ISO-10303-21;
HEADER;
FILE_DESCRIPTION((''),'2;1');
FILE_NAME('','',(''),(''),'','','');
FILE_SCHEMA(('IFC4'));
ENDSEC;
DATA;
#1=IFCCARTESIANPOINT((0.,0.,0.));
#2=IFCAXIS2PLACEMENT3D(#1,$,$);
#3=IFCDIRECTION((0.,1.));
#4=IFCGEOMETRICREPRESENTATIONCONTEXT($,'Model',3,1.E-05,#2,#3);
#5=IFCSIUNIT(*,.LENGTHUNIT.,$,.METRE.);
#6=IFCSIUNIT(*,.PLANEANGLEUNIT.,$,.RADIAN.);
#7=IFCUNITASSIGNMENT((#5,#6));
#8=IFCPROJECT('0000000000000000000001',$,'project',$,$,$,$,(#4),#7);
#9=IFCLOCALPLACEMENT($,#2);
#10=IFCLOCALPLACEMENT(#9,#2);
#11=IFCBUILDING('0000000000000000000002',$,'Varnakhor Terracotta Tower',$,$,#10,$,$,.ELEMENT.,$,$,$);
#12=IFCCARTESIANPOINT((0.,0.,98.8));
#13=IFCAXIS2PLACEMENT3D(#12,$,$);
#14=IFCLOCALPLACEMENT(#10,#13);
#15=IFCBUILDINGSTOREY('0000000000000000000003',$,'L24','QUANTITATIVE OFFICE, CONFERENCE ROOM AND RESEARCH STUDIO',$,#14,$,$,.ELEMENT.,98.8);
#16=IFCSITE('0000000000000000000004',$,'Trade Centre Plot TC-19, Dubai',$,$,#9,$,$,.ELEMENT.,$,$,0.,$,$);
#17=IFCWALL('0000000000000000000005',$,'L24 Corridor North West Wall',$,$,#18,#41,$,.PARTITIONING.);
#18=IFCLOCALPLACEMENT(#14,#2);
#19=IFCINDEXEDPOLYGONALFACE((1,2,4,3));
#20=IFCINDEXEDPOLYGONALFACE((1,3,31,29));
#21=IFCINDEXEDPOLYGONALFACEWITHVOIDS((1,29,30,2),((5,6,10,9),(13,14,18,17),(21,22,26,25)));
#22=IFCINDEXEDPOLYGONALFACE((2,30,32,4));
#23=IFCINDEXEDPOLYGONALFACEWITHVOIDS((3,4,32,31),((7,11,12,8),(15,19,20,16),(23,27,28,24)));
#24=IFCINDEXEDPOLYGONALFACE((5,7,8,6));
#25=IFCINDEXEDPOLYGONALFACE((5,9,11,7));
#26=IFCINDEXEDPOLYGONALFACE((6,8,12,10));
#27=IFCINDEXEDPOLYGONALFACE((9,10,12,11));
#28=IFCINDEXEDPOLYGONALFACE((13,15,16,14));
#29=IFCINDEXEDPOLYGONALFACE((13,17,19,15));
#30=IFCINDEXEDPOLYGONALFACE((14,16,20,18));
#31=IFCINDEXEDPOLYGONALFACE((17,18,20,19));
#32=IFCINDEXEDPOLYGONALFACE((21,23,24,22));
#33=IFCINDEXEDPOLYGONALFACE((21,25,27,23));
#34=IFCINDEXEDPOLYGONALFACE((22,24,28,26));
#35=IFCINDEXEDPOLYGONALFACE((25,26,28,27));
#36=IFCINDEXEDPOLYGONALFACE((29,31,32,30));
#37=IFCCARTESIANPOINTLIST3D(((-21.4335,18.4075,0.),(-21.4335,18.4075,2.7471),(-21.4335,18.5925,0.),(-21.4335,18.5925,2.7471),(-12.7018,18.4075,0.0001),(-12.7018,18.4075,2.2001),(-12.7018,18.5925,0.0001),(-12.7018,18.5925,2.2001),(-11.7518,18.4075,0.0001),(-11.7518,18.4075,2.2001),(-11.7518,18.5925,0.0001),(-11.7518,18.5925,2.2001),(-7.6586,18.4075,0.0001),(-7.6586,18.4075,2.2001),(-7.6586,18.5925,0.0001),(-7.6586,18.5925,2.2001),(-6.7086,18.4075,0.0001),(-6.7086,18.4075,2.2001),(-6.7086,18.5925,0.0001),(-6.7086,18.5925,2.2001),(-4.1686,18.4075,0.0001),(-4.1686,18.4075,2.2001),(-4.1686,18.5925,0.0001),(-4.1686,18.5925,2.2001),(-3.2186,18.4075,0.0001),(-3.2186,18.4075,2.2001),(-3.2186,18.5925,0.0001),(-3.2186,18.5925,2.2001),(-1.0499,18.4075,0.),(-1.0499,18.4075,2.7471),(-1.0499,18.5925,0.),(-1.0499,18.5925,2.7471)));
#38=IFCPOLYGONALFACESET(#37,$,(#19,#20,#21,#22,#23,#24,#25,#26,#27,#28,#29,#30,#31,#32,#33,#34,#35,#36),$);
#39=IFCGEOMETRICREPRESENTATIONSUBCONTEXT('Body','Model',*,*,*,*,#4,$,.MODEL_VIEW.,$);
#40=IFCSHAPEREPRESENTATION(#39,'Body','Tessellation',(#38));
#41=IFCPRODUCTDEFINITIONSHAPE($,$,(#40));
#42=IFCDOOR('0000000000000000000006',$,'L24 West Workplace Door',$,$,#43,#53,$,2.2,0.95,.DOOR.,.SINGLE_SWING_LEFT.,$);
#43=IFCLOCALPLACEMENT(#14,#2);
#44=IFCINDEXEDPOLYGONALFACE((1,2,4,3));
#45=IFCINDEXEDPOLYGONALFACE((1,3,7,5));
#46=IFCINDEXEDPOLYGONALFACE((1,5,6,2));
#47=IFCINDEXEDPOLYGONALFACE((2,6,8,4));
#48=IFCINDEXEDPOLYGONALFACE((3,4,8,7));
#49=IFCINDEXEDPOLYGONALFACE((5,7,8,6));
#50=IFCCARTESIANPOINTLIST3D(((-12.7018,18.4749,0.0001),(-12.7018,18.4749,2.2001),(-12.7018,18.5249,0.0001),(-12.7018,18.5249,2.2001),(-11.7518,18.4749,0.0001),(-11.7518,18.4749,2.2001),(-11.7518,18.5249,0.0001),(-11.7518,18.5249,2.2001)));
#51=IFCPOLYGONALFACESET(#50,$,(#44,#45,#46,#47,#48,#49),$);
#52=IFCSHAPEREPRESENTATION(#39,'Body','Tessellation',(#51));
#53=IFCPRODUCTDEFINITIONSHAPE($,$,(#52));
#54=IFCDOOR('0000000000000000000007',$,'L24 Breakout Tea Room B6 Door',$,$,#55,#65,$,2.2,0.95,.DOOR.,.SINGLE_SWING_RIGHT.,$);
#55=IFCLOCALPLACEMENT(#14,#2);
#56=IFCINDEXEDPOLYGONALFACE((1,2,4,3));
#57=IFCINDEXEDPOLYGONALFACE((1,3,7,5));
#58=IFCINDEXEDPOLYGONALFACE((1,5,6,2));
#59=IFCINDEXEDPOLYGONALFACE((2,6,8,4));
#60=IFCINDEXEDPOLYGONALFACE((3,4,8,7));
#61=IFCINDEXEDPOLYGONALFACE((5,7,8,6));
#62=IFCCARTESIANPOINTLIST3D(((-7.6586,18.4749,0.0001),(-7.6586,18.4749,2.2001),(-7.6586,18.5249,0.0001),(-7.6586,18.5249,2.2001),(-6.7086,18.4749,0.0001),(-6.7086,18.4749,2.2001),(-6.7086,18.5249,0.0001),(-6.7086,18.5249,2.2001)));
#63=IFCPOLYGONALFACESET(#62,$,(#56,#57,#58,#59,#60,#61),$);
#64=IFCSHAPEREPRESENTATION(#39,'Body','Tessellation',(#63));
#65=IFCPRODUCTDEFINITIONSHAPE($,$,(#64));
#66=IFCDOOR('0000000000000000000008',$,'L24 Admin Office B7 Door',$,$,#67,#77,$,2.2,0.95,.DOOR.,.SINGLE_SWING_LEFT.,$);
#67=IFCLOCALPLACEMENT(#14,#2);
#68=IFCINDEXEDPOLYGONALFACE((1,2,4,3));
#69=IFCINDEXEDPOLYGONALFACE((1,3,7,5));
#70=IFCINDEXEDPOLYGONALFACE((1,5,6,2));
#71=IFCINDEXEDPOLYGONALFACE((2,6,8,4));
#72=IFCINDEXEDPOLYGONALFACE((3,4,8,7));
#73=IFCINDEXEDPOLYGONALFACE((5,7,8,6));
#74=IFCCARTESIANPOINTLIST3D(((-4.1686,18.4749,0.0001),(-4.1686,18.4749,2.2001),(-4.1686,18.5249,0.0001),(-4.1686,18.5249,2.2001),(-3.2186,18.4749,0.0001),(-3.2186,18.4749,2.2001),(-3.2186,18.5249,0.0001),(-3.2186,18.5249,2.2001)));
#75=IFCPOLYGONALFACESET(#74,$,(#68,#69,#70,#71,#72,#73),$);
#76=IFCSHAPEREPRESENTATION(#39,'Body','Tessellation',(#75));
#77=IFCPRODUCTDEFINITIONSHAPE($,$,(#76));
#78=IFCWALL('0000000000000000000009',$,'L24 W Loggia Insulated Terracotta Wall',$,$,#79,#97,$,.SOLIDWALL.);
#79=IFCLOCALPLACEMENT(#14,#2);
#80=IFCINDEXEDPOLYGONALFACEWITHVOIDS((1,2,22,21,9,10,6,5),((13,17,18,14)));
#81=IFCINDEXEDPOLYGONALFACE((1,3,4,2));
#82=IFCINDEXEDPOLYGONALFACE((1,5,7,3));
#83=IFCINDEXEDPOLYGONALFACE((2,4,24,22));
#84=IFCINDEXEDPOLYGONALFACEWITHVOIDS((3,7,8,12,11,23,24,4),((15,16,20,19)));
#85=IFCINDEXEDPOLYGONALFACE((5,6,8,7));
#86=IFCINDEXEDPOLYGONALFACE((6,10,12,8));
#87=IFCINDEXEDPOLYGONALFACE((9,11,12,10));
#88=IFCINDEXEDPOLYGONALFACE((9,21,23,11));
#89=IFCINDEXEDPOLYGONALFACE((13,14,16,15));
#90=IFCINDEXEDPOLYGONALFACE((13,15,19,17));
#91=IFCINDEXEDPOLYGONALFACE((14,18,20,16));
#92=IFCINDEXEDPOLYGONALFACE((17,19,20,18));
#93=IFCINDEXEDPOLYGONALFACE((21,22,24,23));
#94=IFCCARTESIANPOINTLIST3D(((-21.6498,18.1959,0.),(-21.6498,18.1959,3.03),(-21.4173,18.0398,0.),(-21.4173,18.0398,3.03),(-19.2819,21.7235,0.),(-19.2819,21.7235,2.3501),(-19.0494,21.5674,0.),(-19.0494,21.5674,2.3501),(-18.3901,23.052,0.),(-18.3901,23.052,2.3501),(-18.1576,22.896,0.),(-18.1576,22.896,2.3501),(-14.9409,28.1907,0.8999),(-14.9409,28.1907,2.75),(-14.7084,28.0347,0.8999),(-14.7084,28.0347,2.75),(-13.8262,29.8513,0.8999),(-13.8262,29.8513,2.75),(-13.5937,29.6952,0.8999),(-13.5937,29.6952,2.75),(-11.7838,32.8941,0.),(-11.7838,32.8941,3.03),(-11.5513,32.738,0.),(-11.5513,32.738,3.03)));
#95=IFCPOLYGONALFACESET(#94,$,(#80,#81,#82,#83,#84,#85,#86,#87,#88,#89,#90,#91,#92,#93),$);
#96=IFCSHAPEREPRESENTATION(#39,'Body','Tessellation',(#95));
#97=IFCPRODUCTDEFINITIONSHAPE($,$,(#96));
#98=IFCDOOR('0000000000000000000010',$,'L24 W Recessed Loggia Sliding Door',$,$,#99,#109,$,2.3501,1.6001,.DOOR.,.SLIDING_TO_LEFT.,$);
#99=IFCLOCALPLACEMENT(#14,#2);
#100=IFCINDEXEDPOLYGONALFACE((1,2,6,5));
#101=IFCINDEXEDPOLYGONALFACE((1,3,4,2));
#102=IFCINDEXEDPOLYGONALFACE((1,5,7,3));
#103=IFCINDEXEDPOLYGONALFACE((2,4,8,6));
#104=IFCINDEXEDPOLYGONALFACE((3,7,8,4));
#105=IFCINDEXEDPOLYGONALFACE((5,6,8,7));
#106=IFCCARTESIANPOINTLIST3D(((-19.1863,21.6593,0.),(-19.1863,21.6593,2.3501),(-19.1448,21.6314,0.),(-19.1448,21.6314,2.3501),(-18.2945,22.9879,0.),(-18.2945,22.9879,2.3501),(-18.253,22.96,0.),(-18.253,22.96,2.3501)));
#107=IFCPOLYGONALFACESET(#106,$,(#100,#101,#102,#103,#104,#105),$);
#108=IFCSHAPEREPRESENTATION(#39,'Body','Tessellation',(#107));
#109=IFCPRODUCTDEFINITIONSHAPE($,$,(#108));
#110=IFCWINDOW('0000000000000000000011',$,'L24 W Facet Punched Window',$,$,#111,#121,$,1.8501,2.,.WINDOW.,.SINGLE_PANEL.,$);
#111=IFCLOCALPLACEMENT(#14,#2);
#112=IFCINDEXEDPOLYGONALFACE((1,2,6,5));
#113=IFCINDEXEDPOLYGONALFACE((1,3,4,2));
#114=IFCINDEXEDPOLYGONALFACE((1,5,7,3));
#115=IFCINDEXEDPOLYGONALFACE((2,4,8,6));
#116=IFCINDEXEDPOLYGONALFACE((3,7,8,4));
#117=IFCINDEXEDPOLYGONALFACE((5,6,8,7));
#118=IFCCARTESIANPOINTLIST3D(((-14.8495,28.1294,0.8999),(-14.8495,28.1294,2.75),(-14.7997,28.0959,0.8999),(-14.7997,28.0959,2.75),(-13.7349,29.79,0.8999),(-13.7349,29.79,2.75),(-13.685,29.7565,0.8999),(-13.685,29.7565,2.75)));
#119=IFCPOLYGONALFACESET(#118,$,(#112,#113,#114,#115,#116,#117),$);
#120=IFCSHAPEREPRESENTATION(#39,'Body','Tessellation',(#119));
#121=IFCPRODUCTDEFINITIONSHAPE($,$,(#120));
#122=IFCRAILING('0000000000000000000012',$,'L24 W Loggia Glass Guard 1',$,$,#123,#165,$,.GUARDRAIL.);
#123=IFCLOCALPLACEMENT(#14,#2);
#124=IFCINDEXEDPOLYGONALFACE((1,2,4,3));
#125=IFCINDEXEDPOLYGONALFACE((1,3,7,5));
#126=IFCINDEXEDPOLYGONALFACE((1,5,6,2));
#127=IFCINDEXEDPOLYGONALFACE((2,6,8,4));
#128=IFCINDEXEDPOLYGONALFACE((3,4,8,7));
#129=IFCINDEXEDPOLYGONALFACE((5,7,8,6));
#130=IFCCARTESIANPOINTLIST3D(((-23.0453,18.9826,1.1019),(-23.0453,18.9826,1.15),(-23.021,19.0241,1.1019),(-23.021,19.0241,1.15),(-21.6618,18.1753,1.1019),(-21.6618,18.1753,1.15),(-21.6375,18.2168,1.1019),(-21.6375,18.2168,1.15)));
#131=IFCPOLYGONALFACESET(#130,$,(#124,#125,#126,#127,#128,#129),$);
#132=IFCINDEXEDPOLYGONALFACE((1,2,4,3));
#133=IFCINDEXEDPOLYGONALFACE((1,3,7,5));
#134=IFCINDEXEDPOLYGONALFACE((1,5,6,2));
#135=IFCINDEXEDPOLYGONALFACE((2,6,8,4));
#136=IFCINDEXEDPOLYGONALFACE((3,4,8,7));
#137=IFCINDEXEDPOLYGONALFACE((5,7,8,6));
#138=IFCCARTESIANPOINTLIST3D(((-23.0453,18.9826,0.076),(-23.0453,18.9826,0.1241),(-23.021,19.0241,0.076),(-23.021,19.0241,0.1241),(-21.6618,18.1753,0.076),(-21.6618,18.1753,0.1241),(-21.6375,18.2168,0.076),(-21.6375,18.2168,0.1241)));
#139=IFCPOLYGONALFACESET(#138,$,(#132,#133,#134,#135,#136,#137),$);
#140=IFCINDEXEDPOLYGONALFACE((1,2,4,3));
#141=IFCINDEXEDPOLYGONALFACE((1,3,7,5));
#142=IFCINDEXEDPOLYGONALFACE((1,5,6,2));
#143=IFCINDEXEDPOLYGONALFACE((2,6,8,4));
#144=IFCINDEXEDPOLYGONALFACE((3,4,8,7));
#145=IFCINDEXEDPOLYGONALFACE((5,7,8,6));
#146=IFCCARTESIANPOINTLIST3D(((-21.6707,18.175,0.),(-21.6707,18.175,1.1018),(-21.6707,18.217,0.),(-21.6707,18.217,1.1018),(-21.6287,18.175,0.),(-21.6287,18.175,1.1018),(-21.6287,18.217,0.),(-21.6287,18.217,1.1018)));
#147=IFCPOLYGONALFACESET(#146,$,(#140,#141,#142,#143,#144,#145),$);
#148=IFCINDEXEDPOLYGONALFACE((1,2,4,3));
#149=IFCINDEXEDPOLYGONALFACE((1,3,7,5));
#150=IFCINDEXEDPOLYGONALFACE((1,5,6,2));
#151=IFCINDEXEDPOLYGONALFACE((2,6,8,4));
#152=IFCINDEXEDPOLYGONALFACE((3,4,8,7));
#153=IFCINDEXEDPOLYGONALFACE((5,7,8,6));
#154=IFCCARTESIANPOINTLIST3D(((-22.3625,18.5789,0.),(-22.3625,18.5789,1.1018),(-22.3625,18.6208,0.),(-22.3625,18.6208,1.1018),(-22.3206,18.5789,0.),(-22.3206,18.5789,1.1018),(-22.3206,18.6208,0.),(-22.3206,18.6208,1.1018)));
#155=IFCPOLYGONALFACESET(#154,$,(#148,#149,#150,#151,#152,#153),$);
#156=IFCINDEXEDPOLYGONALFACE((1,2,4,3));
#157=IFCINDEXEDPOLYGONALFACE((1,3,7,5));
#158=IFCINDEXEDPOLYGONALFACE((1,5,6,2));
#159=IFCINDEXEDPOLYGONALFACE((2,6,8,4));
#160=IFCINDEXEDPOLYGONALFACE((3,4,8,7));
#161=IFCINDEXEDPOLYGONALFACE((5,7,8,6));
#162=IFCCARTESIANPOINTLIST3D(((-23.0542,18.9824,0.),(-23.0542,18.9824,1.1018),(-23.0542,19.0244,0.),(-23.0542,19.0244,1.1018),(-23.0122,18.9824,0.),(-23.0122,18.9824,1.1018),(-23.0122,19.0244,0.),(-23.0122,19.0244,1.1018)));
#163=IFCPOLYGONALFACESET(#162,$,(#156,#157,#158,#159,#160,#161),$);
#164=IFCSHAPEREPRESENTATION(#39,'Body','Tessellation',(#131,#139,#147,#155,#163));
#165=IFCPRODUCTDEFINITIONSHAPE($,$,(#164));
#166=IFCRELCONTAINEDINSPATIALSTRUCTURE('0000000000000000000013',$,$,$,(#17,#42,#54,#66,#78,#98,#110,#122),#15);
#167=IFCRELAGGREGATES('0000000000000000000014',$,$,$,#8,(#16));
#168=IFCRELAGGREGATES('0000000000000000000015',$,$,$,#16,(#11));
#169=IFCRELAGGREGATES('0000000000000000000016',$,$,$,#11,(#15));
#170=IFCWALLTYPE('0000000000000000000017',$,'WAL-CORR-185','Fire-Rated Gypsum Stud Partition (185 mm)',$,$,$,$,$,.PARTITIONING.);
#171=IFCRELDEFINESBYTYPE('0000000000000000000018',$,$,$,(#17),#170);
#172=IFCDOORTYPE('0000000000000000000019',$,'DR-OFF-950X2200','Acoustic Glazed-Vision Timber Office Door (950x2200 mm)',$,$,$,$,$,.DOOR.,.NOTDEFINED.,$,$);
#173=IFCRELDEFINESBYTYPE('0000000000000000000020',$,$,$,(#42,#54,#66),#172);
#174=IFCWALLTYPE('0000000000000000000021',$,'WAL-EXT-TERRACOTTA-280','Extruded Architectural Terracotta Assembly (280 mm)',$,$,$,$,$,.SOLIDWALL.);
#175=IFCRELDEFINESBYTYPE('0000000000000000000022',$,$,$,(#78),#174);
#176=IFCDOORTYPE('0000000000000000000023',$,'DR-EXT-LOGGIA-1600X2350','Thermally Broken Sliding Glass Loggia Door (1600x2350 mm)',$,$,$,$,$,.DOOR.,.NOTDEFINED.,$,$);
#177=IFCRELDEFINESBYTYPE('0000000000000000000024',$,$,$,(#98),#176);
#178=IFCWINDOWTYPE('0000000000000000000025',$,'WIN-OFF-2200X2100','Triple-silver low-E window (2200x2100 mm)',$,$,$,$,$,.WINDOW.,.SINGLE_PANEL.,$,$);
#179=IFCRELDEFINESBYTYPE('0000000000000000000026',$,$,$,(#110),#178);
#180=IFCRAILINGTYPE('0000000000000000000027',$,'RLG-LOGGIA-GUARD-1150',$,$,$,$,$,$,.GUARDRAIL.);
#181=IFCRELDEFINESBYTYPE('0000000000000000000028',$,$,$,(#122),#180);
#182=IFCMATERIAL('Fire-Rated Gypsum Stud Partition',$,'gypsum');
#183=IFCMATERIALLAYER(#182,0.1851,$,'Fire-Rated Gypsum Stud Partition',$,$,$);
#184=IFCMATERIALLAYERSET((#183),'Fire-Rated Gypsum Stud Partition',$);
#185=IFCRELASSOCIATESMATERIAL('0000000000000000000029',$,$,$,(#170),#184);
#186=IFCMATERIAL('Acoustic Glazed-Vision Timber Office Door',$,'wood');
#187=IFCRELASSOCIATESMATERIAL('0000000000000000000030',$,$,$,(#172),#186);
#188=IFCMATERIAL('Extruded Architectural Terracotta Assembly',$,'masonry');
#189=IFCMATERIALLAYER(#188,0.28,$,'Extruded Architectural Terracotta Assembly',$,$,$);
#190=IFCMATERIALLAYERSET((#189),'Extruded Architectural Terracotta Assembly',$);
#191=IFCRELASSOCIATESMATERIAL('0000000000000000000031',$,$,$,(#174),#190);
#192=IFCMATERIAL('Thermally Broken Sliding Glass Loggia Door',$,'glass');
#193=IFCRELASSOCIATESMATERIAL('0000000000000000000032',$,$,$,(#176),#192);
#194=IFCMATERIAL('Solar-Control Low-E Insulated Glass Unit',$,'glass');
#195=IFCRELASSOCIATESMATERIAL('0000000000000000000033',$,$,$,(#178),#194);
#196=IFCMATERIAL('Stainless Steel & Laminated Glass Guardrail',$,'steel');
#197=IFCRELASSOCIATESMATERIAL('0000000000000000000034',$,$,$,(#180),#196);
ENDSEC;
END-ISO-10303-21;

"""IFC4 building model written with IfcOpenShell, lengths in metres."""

from ifc_helpers import new_model, si_unit, direction, frame, frame_2d, origin, origin_2d, place, context, subcontext, project, spatial, rectangle, extrude, source, transform, mapped, material, layer, layer_set, type_object, type_shapes, element, fill, save


model = new_model("IFC4")

# Units and contexts
model_context = context("Model", 3, precision=1e-05, world=origin(), true_north=direction((0.0, 1.0)))
body_context = subcontext(model_context, "Body", "Model", "MODEL_VIEW")
ifc_project = project(units=[si_unit("LENGTHUNIT", "METRE"), si_unit("PLANEANGLEUNIT", "RADIAN")], contexts=[model_context])

# Site, building, storey
site_placement = place(None, origin())
site = spatial("IfcSite", under=ifc_project, at=site_placement, Name="Trade Centre Plot TC-19, Dubai", CompositionType="ELEMENT", RefElevation=0.0)
building_placement = place(site_placement, origin())
building = spatial("IfcBuilding", under=site, at=building_placement, Name="Varnakhor Terracotta Tower", CompositionType="ELEMENT")
storey_placement = place(building_placement, frame((0.0, 0.0, 98.8)))
storey = spatial("IfcBuildingStorey", under=building, at=storey_placement, Name="L24", Description="QUANTITATIVE OFFICE, CONFERENCE ROOM AND RESEARCH STUDIO", CompositionType="ELEMENT", Elevation=98.8)

# Shared definitions
ifc_material_1 = material(Name="Fire-Rated Gypsum Stud Partition", Category="gypsum")
ifc_layer_1 = layer(ifc_material_1, 0.1851, Name="Fire-Rated Gypsum Stud Partition")
ifc_layer_set_1 = layer_set([ifc_layer_1], Name="Fire-Rated Gypsum Stud Partition")
wall_type_1 = type_object("IfcWallType", Name="WAL-CORR-185", Description="Fire-Rated Gypsum Stud Partition (185 mm)", PredefinedType="PARTITIONING", material=ifc_layer_set_1)
ifc_material_2 = material(Name="Acoustic Glazed-Vision Timber Office Door", Category="wood")
door_type_1 = type_object("IfcDoorType", Name="DR-OFF-950X2200", Description="Acoustic Glazed-Vision Timber Office Door (950x2200 mm)", OperationType="NOTDEFINED", PredefinedType="DOOR", material=ifc_material_2)
shared_shape_1 = source(origin(), body_context, "Body", "SweptSolid", [
    extrude(rectangle(XDim=0.95, YDim=2.2, at=frame_2d((0.4751, 1.1001))), frame((0.0, 0.0249, 0.0), z_axis=(0.0, -1.0, 0.0), x_axis=(1.0, 0.0, 0.0)), (0.0, 0.0, 1.0), 0.05),
])
type_shapes(door_type_1, [shared_shape_1])

# Wall, openings, doors
wall_1_placement = place(storey_placement, frame((-21.4336, 18.5, 0.0), z_axis=(0.0, 0.0, 1.0), x_axis=(1.0, 0.0, 0.0)))
wall_1 = element("IfcWall", 1, at=wall_1_placement, inside=storey, type_object=wall_type_1, Name="L24 Corridor North West Wall", PredefinedType="PARTITIONING", context=body_context, shape_type="SweptSolid", body=[
    extrude(rectangle(XDim=20.3835, YDim=0.1851, at=frame_2d((10.1919, 0.0))), origin(), (0.0, 0.0, 1.0), 2.7471),
])
opening_1_placement = place(wall_1_placement, frame((8.7317, 0.0, 0.0)))
opening_1 = element("IfcOpeningElement", 2, at=opening_1_placement, cuts=wall_1, PredefinedType="OPENING", context=body_context, shape_type="SweptSolid", body=[
    extrude(rectangle(XDim=0.95, YDim=2.2, at=frame_2d((0.4751, 1.1001))), frame((0.0, 0.1025, 0.0), z_axis=(0.0, -1.0, 0.0), x_axis=(1.0, 0.0, 0.0)), (0.0, 0.0, 1.0), 0.2051),
])
opening_2_placement = place(wall_1_placement, frame((13.7749, 0.0, 0.0)))
opening_2 = element("IfcOpeningElement", 3, at=opening_2_placement, cuts=wall_1, PredefinedType="OPENING", context=body_context, shape_type="SweptSolid", body=[
    extrude(rectangle(XDim=0.95, YDim=2.2, at=frame_2d((0.4751, 1.1001))), frame((0.0, 0.1025, 0.0), z_axis=(0.0, -1.0, 0.0), x_axis=(1.0, 0.0, 0.0)), (0.0, 0.0, 1.0), 0.2051),
])
opening_3_placement = place(wall_1_placement, frame((17.2649, 0.0, 0.0)))
opening_3 = element("IfcOpeningElement", 4, at=opening_3_placement, cuts=wall_1, PredefinedType="OPENING", context=body_context, shape_type="SweptSolid", body=[
    extrude(rectangle(XDim=0.95, YDim=2.2, at=frame_2d((0.4751, 1.1001))), frame((0.0, 0.1025, 0.0), z_axis=(0.0, -1.0, 0.0), x_axis=(1.0, 0.0, 0.0)), (0.0, 0.0, 1.0), 0.2051),
])
door_1_placement = place(opening_1_placement, origin())
door_1 = element("IfcDoor", 5, at=door_1_placement, inside=storey, type_object=door_type_1, Name="L24 West Workplace Door", OperationType="SINGLE_SWING_LEFT", OverallHeight=2.2, OverallWidth=0.95, PredefinedType="DOOR", context=body_context, shape_type="MappedRepresentation", body=[
    mapped(shared_shape_1, transform((0.0, 0.0, 0.0), scale=1.0)),
])
fill(opening_1, door_1)
door_2_placement = place(opening_2_placement, origin())
door_2 = element("IfcDoor", 6, at=door_2_placement, inside=storey, type_object=door_type_1, Name="L24 Breakout Tea Room B6 Door", OperationType="SINGLE_SWING_RIGHT", OverallHeight=2.2, OverallWidth=0.95, PredefinedType="DOOR", context=body_context, shape_type="MappedRepresentation", body=[
    mapped(shared_shape_1, transform((0.0, 0.0, 0.0), scale=1.0)),
])
fill(opening_2, door_2)
door_3_placement = place(opening_3_placement, origin())
door_3 = element("IfcDoor", 7, at=door_3_placement, inside=storey, type_object=door_type_1, Name="L24 Admin Office B7 Door", OperationType="SINGLE_SWING_LEFT", OverallHeight=2.2, OverallWidth=0.95, PredefinedType="DOOR", context=body_context, shape_type="MappedRepresentation", body=[
    mapped(shared_shape_1, transform((0.0, 0.0, 0.0), scale=1.0)),
])
fill(opening_3, door_3)

# Wall, openings, door, window
ifc_material_3 = material(Name="Extruded Architectural Terracotta Assembly", Category="masonry")
ifc_layer_2 = layer(ifc_material_3, 0.28, Name="Extruded Architectural Terracotta Assembly")
ifc_layer_set_2 = layer_set([ifc_layer_2], Name="Extruded Architectural Terracotta Assembly")
wall_type_2 = type_object("IfcWallType", Name="WAL-EXT-TERRACOTTA-280", Description="Extruded Architectural Terracotta Assembly (280 mm)", PredefinedType="SOLIDWALL", material=ifc_layer_set_2)
wall_2_placement = place(storey_placement, frame((-21.5334, 18.1179, 0.0), z_axis=(0.0, 0.0, 1.0), x_axis=(0.557323, 0.830296, 0.0)))
wall_2 = element("IfcWall", 8, at=wall_2_placement, inside=storey, type_object=wall_type_2, Name="L24 W Loggia Insulated Terracotta Wall", PredefinedType="SOLIDWALL", context=body_context, shape_type="SweptSolid", body=[
    extrude(rectangle(XDim=17.7024, YDim=0.28, at=frame_2d((8.8511, 0.0))), origin(), (0.0, 0.0, 1.0), 3.03),
])
opening_4_placement = place(wall_2_placement, frame((4.2485, 0.0, 0.0)))
opening_4 = element("IfcOpeningElement", 9, at=opening_4_placement, cuts=wall_2, PredefinedType="OPENING", context=body_context, shape_type="SweptSolid", body=[
    extrude(rectangle(XDim=1.6001, YDim=2.3501, at=frame_2d((0.8, 1.175))), frame((0.0, 0.1499, 0.0), z_axis=(0.0, -1.0, 0.0), x_axis=(1.0, 0.0, 0.0)), (0.0, 0.0, 1.0), 0.3),
])
opening_5_placement = place(wall_2_placement, frame((12.0376, 0.0, 0.8999)))
opening_5 = element("IfcOpeningElement", 10, at=opening_5_placement, cuts=wall_2, PredefinedType="OPENING", context=body_context, shape_type="SweptSolid", body=[
    extrude(rectangle(XDim=2.0, YDim=1.8501, at=frame_2d((1.0, 0.925))), frame((0.0, 0.1499, 0.0), z_axis=(0.0, -1.0, 0.0), x_axis=(1.0, 0.0, 0.0)), (0.0, 0.0, 1.0), 0.3),
])
ifc_material_4 = material(Name="Thermally Broken Sliding Glass Loggia Door", Category="glass")
door_type_2 = type_object("IfcDoorType", Name="DR-EXT-LOGGIA-1600X2350", Description="Thermally Broken Sliding Glass Loggia Door (1600x2350 mm)", OperationType="NOTDEFINED", PredefinedType="DOOR", material=ifc_material_4)
shared_shape_2 = source(origin(), body_context, "Body", "SweptSolid", [
    extrude(rectangle(XDim=1.6001, YDim=2.3501, at=frame_2d((0.8, 1.175))), frame((0.0, 0.0249, 0.0), z_axis=(0.0, -1.0, 0.0), x_axis=(1.0, 0.0, 0.0)), (0.0, 0.0, 1.0), 0.05),
])
type_shapes(door_type_2, [shared_shape_2])
door_4_placement = place(opening_4_placement, origin())
door_4 = element("IfcDoor", 11, at=door_4_placement, inside=storey, type_object=door_type_2, Name="L24 W Recessed Loggia Sliding Door", OperationType="SLIDING_TO_LEFT", OverallHeight=2.3501, OverallWidth=1.6001, PredefinedType="DOOR", context=body_context, shape_type="MappedRepresentation", body=[
    mapped(shared_shape_2, transform((0.0, 0.0, 0.0), scale=1.0)),
])
fill(opening_4, door_4)
ifc_material_5 = material(Name="Solar-Control Low-E Insulated Glass Unit", Category="glass")
window_type = type_object("IfcWindowType", Name="WIN-OFF-2200X2100", Description="Triple-silver low-E window (2200x2100 mm)", PartitioningType="SINGLE_PANEL", PredefinedType="WINDOW", material=ifc_material_5)
shared_shape_3 = source(origin(), body_context, "Body", "SweptSolid", [
    extrude(rectangle(XDim=2.0, YDim=1.8501, at=frame_2d((1.0, 0.925))), frame((0.0, 0.03, 0.0), z_axis=(0.0, -1.0, 0.0), x_axis=(1.0, 0.0, 0.0)), (0.0, 0.0, 1.0), 0.0601),
])
type_shapes(window_type, [shared_shape_3])
window_placement = place(opening_5_placement, origin())
window = element("IfcWindow", 12, at=window_placement, inside=storey, type_object=window_type, Name="L24 W Facet Punched Window", OverallHeight=1.8501, OverallWidth=2.0, PartitioningType="SINGLE_PANEL", PredefinedType="WINDOW", context=body_context, shape_type="MappedRepresentation", body=[
    mapped(shared_shape_3, transform((0.0, 0.0, 0.0), scale=1.0)),
])
fill(opening_5, window)

# Railing
ifc_material_6 = material(Name="Stainless Steel & Laminated Glass Guardrail", Category="steel")
railing_type = type_object("IfcRailingType", Name="RLG-LOGGIA-GUARD-1150", PredefinedType="GUARDRAIL", material=ifc_material_6)
railing_1_placement = place(storey_placement, frame((-21.6497, 18.196, 0.0)))
element("IfcRailing", 13, at=railing_1_placement, inside=storey, type_object=railing_type, Name="L24 W Loggia Glass Guard 1", PredefinedType="GUARDRAIL", context=body_context, shape_type="SweptSolid", body=[
    extrude(rectangle(XDim=0.0481, YDim=0.0481, at=origin_2d()), frame((0.0, 0.0, 1.126), z_axis=(-0.863696, 0.504013, 0.0), x_axis=(-0.504013, -0.863696, 0.0)), (0.0, 0.0, 1.0), 1.6018),
    extrude(rectangle(XDim=0.0481, YDim=0.0481, at=origin_2d()), frame((0.0, 0.0, 0.1001), z_axis=(-0.863696, 0.504013, 0.0), x_axis=(-0.504013, -0.863696, 0.0)), (0.0, 0.0, 1.0), 1.6018),
    extrude(rectangle(XDim=0.042, YDim=0.042, at=origin_2d()), origin(), (0.0, 0.0, 1.0), 1.1018),
    extrude(rectangle(XDim=0.042, YDim=0.042, at=origin_2d()), frame((-0.6919, 0.4038, 0.0)), (0.0, 0.0, 1.0), 1.1018),
    extrude(rectangle(XDim=0.042, YDim=0.042, at=origin_2d()), frame((-1.3835, 0.8074, 0.0)), (0.0, 0.0, 1.0), 1.1018),
])

save(model, "model.ifc")
